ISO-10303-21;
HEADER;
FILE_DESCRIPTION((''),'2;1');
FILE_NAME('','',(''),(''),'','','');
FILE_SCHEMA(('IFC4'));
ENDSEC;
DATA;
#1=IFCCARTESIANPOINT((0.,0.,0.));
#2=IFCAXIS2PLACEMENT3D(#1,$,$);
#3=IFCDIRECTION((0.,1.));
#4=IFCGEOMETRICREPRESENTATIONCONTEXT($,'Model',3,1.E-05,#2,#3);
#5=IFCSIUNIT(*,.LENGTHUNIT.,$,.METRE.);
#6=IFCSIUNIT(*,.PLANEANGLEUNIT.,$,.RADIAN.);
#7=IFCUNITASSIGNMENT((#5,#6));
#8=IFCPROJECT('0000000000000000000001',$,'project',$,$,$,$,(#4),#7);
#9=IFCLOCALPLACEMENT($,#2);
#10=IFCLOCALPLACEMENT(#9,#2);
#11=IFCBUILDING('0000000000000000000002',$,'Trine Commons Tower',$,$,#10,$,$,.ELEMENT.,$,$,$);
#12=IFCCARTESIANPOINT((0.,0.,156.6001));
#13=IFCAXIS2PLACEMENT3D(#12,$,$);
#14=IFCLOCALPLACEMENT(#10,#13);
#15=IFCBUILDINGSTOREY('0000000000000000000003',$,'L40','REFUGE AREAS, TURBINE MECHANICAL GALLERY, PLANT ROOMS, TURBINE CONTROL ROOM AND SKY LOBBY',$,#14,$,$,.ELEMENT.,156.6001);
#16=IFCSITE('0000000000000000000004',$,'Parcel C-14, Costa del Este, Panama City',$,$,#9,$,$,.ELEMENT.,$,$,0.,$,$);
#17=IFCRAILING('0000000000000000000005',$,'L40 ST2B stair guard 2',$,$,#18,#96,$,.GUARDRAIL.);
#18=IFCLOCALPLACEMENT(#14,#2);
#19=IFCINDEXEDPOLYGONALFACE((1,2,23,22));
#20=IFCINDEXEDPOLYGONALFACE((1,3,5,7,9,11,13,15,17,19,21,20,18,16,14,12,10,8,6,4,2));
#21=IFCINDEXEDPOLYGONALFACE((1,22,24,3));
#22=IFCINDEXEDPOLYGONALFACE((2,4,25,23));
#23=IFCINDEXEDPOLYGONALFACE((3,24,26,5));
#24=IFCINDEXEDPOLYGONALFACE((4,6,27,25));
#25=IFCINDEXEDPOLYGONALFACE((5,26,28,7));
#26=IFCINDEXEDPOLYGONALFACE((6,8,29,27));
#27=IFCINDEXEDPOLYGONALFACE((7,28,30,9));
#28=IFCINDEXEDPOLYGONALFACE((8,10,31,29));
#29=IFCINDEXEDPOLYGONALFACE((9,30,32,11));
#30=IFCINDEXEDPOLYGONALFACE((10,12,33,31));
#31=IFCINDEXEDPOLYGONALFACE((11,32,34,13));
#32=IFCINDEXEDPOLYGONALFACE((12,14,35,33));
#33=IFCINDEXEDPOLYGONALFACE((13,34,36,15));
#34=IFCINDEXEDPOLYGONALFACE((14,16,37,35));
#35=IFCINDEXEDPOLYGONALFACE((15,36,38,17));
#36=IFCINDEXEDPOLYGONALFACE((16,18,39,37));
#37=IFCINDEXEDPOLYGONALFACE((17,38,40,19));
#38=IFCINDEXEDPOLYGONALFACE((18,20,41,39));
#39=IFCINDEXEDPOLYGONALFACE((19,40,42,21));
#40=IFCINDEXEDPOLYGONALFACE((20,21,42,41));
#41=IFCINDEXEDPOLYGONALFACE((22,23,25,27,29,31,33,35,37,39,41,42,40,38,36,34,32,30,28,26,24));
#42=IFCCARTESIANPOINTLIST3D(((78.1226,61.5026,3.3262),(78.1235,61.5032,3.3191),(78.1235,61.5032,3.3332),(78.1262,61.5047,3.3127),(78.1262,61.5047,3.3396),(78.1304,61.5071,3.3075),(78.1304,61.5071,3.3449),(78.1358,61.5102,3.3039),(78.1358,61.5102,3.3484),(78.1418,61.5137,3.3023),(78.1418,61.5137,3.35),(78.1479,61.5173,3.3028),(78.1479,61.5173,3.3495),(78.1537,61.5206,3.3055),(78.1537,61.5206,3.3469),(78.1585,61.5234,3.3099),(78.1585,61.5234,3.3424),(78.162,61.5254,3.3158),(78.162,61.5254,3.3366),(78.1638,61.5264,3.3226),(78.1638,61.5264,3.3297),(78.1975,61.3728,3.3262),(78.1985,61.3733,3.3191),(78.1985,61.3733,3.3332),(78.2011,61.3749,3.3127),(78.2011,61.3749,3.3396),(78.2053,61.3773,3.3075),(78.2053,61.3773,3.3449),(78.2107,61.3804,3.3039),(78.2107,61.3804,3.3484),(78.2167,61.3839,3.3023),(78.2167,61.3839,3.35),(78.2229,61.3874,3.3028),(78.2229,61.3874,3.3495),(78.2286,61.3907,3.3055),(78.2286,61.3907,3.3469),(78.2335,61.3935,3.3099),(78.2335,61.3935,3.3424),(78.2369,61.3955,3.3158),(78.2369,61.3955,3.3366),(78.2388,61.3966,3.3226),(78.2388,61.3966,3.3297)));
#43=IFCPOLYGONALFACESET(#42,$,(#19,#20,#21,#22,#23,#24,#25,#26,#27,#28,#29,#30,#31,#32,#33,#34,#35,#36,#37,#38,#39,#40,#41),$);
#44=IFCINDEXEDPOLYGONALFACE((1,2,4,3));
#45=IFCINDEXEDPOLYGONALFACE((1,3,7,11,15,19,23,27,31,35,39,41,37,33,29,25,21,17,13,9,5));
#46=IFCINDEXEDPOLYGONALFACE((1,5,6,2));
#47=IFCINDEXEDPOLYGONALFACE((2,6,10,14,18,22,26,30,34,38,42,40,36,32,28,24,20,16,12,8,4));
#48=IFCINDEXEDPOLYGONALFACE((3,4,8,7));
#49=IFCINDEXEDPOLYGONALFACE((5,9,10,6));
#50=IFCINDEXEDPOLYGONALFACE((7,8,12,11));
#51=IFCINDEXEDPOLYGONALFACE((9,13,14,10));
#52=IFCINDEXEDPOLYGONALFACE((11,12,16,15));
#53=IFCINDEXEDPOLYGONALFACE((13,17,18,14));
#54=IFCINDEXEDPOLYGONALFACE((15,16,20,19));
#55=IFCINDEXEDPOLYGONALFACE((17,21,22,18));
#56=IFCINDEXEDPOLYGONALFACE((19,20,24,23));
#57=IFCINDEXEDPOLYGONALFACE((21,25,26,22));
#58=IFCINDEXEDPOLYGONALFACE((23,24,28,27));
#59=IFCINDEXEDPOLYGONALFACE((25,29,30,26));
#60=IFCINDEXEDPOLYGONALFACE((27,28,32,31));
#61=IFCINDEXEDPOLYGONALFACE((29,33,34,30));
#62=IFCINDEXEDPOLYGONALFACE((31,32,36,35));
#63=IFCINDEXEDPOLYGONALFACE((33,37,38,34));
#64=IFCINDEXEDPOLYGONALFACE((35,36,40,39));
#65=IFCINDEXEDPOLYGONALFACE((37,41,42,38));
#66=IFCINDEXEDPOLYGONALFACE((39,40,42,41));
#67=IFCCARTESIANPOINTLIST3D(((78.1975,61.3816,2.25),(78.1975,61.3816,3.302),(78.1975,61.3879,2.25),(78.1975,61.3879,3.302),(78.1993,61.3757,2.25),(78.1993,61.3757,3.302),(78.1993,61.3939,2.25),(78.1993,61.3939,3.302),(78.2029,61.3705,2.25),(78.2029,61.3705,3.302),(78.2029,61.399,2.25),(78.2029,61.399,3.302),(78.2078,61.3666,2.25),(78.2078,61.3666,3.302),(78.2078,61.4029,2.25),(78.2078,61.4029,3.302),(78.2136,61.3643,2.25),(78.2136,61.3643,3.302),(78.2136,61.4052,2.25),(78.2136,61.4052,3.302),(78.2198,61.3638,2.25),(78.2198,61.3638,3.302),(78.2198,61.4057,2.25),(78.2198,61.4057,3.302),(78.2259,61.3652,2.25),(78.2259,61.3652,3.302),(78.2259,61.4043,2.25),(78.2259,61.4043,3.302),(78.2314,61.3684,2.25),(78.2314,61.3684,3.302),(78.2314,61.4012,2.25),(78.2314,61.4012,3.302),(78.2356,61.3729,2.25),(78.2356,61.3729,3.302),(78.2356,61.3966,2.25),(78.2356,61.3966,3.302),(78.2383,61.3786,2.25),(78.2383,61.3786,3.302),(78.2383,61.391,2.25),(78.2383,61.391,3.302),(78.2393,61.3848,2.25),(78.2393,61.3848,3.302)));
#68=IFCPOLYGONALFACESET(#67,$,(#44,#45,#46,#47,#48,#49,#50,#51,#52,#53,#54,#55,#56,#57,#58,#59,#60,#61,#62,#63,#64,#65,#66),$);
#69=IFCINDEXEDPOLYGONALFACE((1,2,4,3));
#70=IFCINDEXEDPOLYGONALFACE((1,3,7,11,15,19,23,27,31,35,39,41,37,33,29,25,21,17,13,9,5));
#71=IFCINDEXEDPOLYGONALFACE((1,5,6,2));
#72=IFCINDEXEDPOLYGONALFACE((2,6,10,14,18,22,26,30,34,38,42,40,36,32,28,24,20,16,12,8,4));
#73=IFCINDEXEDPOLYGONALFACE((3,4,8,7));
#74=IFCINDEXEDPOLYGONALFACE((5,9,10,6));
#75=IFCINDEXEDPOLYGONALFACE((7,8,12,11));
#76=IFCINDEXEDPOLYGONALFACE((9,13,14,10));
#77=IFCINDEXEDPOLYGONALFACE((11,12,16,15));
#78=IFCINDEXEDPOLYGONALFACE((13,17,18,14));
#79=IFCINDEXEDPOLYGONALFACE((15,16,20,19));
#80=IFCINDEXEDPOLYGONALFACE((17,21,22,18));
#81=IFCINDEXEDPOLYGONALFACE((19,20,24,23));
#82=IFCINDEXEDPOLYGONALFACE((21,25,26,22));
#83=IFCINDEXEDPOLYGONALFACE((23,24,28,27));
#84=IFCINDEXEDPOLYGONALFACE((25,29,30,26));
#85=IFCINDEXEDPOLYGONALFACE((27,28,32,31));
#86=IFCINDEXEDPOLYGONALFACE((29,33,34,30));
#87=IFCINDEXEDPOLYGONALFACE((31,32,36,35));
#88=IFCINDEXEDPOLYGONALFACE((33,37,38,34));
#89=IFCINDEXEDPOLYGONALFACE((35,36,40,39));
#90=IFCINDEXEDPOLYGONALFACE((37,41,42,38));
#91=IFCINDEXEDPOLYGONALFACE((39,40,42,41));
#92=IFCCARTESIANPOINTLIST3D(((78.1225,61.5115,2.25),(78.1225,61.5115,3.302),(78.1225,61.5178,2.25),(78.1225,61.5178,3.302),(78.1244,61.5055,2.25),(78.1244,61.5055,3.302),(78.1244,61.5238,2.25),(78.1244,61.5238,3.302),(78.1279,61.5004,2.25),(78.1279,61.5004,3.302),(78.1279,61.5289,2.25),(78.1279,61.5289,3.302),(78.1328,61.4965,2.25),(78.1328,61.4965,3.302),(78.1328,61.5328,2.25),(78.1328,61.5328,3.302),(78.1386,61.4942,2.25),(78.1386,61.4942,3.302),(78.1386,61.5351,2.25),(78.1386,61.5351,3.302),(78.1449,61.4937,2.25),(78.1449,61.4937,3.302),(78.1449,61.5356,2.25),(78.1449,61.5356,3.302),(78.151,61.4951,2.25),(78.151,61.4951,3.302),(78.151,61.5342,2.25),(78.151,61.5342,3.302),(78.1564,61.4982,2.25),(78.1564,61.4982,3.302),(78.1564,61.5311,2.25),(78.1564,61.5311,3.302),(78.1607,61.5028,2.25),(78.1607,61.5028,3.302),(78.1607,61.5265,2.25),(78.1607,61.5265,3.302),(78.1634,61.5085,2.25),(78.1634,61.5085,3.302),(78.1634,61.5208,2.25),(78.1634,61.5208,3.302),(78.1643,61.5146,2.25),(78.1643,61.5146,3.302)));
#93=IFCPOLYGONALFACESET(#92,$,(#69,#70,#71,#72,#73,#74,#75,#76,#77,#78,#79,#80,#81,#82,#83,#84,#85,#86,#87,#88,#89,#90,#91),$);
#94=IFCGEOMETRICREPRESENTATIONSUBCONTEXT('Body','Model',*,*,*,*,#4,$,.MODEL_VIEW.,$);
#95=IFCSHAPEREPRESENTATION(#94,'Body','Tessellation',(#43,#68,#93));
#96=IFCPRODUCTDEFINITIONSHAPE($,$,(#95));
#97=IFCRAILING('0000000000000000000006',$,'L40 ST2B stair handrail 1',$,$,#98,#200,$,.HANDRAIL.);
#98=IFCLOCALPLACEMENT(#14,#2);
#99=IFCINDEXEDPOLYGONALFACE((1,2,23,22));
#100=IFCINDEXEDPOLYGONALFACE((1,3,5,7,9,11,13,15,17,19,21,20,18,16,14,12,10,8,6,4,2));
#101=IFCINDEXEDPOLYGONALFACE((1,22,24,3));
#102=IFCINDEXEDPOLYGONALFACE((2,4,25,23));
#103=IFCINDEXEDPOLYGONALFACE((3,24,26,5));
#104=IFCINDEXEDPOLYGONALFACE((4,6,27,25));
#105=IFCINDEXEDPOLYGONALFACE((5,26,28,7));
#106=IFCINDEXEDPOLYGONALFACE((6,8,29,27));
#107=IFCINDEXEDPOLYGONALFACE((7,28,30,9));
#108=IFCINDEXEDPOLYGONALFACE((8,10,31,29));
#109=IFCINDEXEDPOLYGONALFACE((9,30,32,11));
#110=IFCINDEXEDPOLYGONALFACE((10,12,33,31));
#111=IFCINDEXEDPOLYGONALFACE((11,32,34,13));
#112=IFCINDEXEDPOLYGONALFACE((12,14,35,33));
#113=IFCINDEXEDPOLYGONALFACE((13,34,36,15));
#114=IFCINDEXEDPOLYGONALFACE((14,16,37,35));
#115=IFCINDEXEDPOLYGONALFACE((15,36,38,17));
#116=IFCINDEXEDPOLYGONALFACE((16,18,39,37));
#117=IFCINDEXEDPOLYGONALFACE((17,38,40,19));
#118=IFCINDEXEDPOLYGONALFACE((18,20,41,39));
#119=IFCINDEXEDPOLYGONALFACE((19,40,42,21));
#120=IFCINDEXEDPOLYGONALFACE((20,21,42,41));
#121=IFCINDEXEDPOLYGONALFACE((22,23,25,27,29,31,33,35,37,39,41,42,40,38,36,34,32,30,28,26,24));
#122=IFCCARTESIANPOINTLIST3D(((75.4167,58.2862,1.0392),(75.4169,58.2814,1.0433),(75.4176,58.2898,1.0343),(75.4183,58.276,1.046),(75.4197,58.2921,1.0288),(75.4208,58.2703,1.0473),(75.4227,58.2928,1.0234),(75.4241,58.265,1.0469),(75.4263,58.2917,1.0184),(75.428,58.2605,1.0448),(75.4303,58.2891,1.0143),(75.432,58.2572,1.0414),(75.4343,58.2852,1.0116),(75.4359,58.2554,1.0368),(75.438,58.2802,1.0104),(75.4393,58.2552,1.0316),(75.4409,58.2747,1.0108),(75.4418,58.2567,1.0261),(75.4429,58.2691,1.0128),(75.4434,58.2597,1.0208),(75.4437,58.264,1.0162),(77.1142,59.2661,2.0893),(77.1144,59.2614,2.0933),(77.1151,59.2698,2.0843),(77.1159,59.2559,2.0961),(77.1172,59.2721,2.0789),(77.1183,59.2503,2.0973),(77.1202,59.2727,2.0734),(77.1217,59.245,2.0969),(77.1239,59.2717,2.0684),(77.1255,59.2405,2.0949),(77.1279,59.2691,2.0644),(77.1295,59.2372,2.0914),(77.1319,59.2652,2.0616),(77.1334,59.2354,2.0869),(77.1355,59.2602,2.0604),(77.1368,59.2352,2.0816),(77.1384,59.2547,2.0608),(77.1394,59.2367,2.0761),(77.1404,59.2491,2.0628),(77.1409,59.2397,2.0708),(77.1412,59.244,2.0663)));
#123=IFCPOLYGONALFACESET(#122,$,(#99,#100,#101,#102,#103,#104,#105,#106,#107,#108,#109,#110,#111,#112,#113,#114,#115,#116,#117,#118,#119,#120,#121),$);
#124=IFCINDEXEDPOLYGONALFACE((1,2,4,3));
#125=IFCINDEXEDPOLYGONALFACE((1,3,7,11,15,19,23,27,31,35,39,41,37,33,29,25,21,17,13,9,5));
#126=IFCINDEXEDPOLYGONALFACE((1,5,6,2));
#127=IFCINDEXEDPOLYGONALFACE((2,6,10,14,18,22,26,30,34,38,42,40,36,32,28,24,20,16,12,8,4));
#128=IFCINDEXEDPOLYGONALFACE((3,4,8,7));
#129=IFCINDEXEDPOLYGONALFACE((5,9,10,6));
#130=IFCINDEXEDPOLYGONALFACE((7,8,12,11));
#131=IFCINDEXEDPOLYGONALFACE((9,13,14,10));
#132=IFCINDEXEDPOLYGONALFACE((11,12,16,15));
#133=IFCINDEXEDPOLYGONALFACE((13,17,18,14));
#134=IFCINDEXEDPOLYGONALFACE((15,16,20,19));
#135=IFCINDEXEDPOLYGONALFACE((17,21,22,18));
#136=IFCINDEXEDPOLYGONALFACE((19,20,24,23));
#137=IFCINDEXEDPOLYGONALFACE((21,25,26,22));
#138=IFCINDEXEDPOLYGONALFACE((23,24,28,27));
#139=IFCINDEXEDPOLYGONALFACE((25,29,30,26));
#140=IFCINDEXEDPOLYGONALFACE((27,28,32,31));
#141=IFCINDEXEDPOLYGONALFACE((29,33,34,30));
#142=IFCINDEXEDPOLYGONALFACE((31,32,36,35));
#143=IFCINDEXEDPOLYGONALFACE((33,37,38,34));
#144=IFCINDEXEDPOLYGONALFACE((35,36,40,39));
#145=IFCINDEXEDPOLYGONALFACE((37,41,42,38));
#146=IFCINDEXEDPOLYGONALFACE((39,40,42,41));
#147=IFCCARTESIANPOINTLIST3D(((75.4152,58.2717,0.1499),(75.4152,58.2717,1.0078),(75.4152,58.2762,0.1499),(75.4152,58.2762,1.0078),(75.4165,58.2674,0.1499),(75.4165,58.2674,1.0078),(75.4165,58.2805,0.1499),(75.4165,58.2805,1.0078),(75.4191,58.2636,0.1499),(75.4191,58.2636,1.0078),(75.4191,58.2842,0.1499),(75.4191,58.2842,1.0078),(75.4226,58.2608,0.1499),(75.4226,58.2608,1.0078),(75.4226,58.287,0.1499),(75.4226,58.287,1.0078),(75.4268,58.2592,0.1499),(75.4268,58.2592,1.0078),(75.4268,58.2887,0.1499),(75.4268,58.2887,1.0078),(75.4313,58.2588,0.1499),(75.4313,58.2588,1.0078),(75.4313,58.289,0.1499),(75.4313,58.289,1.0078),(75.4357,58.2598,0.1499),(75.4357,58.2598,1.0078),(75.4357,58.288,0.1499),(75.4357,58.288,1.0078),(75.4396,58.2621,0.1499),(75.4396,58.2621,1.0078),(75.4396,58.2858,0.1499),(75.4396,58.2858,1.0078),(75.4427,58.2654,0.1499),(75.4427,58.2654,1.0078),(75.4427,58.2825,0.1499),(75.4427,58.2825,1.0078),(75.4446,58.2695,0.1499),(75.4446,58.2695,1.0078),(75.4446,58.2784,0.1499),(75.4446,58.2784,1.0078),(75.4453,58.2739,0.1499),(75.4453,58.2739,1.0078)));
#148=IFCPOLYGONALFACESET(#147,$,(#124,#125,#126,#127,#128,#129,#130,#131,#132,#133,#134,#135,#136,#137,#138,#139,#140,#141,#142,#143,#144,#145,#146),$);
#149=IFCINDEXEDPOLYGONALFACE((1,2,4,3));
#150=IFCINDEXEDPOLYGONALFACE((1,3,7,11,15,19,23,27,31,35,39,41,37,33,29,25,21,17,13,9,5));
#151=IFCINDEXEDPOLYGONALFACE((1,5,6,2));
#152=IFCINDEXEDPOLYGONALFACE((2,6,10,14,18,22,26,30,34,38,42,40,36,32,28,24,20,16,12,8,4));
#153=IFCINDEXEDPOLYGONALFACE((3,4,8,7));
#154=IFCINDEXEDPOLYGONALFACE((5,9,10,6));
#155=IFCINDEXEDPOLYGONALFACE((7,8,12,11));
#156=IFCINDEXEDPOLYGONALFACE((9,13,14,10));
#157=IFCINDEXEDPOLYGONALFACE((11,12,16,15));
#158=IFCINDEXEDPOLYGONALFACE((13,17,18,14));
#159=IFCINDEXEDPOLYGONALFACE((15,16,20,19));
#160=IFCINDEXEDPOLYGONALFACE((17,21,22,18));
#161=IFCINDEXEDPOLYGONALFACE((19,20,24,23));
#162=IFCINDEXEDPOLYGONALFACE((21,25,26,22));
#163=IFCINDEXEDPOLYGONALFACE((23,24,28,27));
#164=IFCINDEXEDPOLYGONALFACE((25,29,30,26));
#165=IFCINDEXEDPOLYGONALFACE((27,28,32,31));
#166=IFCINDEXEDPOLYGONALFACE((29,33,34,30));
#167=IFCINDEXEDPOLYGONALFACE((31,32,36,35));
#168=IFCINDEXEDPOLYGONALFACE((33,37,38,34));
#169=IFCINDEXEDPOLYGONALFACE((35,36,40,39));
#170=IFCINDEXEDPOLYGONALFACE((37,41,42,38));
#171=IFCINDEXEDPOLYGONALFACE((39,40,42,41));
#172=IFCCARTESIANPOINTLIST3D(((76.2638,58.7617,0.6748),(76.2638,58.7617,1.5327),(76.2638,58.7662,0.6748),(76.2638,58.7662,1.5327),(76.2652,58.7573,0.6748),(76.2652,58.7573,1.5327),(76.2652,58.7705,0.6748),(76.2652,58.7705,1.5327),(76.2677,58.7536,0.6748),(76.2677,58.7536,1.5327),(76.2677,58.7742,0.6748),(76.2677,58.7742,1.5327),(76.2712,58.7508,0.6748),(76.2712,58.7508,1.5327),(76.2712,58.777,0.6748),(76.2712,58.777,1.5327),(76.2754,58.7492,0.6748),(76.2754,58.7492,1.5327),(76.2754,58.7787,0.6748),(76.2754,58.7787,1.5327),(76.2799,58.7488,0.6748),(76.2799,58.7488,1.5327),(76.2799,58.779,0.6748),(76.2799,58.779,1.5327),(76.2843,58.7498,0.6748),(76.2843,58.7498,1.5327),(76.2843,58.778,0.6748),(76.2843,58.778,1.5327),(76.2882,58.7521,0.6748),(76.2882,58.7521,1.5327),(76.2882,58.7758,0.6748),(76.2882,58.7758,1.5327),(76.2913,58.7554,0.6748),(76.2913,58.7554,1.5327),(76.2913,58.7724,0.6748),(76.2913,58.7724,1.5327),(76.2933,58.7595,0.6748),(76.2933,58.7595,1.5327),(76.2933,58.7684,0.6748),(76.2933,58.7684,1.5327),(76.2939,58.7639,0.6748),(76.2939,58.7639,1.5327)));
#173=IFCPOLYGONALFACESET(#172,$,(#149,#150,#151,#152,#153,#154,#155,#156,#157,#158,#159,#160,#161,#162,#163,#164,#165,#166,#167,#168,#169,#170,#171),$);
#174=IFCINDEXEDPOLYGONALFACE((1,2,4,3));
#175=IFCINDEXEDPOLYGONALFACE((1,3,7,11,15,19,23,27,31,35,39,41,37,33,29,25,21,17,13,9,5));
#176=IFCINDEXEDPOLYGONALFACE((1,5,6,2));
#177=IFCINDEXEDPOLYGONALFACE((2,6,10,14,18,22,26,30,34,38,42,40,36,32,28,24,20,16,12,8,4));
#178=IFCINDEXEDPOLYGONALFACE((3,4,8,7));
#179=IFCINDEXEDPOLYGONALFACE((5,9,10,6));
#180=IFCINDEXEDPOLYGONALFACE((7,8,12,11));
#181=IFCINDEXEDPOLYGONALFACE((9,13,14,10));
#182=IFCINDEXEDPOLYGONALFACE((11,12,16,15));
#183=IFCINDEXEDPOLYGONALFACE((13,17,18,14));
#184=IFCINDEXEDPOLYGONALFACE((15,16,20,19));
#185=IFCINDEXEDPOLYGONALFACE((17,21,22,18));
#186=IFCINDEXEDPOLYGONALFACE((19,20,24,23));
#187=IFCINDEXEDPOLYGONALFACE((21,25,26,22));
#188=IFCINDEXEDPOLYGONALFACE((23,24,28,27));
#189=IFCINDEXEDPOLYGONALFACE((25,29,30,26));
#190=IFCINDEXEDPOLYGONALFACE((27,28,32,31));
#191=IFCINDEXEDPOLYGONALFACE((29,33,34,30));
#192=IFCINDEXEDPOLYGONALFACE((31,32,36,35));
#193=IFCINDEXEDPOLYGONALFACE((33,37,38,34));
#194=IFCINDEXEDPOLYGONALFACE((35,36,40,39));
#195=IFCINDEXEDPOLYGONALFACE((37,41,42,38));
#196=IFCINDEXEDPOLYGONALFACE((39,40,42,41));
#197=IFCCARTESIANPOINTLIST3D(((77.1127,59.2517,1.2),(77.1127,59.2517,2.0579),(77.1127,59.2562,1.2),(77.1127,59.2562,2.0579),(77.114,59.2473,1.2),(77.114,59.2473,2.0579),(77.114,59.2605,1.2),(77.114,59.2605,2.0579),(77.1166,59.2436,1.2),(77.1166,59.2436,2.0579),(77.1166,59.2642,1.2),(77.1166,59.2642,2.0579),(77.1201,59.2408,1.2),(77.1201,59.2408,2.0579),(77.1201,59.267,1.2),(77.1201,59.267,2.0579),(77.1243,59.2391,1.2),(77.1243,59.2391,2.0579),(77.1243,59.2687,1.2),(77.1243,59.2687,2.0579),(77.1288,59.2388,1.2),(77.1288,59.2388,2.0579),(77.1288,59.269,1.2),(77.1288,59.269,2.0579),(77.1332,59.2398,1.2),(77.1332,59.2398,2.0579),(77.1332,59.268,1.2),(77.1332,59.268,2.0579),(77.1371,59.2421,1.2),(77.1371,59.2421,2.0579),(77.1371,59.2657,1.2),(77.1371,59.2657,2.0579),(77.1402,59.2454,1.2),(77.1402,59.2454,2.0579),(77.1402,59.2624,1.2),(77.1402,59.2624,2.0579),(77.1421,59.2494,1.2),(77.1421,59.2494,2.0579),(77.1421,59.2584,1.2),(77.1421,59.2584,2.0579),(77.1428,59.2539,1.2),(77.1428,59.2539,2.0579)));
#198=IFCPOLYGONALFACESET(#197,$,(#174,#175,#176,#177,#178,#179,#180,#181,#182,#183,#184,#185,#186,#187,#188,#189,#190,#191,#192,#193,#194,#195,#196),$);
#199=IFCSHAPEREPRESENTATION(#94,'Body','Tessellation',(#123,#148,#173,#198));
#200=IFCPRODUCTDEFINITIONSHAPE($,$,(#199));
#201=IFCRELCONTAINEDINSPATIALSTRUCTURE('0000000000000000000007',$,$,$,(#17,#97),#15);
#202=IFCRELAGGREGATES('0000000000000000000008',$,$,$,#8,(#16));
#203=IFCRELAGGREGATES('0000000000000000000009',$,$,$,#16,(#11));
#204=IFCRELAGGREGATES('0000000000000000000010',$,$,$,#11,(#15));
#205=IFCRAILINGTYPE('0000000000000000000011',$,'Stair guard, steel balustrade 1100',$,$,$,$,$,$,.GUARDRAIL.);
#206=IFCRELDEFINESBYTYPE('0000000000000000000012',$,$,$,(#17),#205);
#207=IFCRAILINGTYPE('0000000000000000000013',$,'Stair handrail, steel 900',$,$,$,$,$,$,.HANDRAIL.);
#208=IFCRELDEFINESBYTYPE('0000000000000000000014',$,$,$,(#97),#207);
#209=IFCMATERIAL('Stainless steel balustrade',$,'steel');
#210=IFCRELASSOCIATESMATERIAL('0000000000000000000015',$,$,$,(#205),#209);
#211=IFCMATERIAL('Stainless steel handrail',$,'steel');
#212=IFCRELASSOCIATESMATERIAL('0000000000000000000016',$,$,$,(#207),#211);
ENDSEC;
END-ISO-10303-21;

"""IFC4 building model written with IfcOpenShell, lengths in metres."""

from ifc_helpers import new_model, si_unit, direction, frame, origin, origin_2d, place, context, subcontext, project, spatial, circle, extrude, material, type_object, element, save


model = new_model("IFC4")

# Units and contexts
model_context = context("Model", 3, precision=1e-05, world=origin(), true_north=direction((0.0, 1.0)))
body_context = subcontext(model_context, "Body", "Model", "MODEL_VIEW")
ifc_project = project(units=[si_unit("LENGTHUNIT", "METRE"), si_unit("PLANEANGLEUNIT", "RADIAN")], contexts=[model_context])

# Site, building, storey
site_placement = place(None, origin())
site = spatial("IfcSite", under=ifc_project, at=site_placement, Name="Parcel C-14, Costa del Este, Panama City", CompositionType="ELEMENT", RefElevation=0.0)
building_placement = place(site_placement, origin())
building = spatial("IfcBuilding", under=site, at=building_placement, Name="Trine Commons Tower", CompositionType="ELEMENT")
storey_placement = place(building_placement, frame((0.0, 0.0, 156.6001)))
storey = spatial("IfcBuildingStorey", under=building, at=storey_placement, Name="L40", Description="REFUGE AREAS, TURBINE MECHANICAL GALLERY, PLANT ROOMS, TURBINE CONTROL ROOM AND SKY LOBBY", CompositionType="ELEMENT", Elevation=156.6001)

# Railings
ifc_material_1 = material(Name="Stainless steel balustrade", Category="steel")
railing_type_1 = type_object("IfcRailingType", Name="Stair guard, steel balustrade 1100", PredefinedType="GUARDRAIL", material=ifc_material_1)
railing_1_placement = place(storey_placement, frame((78.2183, 61.3848, 2.25)))
element("IfcRailing", 1, at=railing_1_placement, inside=storey, type_object=railing_type_1, Name="L40 ST2B stair guard 2", PredefinedType="GUARDRAIL", context=body_context, shape_type="SweptSolid", body=[
    extrude(circle(Radius=0.0239, at=origin_2d()), frame((0.0, 0.0, 1.0762), z_axis=(-0.499816, 0.866131, 0.0), x_axis=(-0.866131, -0.499816, 0.0)), (0.0, 0.0, 1.0), 0.1499),
    extrude(circle(Radius=0.021, at=origin_2d()), origin(), (0.0, 0.0, 1.0), 1.052),
    extrude(circle(Radius=0.021, at=origin_2d()), frame((-0.075, 0.1299, 0.0)), (0.0, 0.0, 1.0), 1.052),
])
ifc_material_2 = material(Name="Stainless steel handrail", Category="steel")
railing_type_2 = type_object("IfcRailingType", Name="Stair handrail, steel 900", PredefinedType="HANDRAIL", material=ifc_material_2)
railing_2_placement = place(storey_placement, frame((75.4302, 58.2739, 0.1499)))
element("IfcRailing", 2, at=railing_2_placement, inside=storey, type_object=railing_type_2, Name="L40 ST2B stair handrail 1", PredefinedType="HANDRAIL", context=body_context, shape_type="SweptSolid", body=[
    extrude(circle(Radius=0.021, at=origin_2d()), frame((0.0, 0.0, 0.8789), z_axis=(0.763398, 0.440713, 0.472224), x_axis=(-0.49997, 0.866042, 0.0)), (0.0, 0.0, 1.0), 2.2236),
    extrude(circle(Radius=0.0151, at=origin_2d()), origin(), (0.0, 0.0, 1.0), 0.8579),
    extrude(circle(Radius=0.0151, at=origin_2d()), frame((0.8486, 0.49, 0.5249)), (0.0, 0.0, 1.0), 0.8579),
    extrude(circle(Radius=0.0151, at=origin_2d()), frame((1.6975, 0.98, 1.05)), (0.0, 0.0, 1.0), 0.8579),
])

save(model, "model.ifc")
